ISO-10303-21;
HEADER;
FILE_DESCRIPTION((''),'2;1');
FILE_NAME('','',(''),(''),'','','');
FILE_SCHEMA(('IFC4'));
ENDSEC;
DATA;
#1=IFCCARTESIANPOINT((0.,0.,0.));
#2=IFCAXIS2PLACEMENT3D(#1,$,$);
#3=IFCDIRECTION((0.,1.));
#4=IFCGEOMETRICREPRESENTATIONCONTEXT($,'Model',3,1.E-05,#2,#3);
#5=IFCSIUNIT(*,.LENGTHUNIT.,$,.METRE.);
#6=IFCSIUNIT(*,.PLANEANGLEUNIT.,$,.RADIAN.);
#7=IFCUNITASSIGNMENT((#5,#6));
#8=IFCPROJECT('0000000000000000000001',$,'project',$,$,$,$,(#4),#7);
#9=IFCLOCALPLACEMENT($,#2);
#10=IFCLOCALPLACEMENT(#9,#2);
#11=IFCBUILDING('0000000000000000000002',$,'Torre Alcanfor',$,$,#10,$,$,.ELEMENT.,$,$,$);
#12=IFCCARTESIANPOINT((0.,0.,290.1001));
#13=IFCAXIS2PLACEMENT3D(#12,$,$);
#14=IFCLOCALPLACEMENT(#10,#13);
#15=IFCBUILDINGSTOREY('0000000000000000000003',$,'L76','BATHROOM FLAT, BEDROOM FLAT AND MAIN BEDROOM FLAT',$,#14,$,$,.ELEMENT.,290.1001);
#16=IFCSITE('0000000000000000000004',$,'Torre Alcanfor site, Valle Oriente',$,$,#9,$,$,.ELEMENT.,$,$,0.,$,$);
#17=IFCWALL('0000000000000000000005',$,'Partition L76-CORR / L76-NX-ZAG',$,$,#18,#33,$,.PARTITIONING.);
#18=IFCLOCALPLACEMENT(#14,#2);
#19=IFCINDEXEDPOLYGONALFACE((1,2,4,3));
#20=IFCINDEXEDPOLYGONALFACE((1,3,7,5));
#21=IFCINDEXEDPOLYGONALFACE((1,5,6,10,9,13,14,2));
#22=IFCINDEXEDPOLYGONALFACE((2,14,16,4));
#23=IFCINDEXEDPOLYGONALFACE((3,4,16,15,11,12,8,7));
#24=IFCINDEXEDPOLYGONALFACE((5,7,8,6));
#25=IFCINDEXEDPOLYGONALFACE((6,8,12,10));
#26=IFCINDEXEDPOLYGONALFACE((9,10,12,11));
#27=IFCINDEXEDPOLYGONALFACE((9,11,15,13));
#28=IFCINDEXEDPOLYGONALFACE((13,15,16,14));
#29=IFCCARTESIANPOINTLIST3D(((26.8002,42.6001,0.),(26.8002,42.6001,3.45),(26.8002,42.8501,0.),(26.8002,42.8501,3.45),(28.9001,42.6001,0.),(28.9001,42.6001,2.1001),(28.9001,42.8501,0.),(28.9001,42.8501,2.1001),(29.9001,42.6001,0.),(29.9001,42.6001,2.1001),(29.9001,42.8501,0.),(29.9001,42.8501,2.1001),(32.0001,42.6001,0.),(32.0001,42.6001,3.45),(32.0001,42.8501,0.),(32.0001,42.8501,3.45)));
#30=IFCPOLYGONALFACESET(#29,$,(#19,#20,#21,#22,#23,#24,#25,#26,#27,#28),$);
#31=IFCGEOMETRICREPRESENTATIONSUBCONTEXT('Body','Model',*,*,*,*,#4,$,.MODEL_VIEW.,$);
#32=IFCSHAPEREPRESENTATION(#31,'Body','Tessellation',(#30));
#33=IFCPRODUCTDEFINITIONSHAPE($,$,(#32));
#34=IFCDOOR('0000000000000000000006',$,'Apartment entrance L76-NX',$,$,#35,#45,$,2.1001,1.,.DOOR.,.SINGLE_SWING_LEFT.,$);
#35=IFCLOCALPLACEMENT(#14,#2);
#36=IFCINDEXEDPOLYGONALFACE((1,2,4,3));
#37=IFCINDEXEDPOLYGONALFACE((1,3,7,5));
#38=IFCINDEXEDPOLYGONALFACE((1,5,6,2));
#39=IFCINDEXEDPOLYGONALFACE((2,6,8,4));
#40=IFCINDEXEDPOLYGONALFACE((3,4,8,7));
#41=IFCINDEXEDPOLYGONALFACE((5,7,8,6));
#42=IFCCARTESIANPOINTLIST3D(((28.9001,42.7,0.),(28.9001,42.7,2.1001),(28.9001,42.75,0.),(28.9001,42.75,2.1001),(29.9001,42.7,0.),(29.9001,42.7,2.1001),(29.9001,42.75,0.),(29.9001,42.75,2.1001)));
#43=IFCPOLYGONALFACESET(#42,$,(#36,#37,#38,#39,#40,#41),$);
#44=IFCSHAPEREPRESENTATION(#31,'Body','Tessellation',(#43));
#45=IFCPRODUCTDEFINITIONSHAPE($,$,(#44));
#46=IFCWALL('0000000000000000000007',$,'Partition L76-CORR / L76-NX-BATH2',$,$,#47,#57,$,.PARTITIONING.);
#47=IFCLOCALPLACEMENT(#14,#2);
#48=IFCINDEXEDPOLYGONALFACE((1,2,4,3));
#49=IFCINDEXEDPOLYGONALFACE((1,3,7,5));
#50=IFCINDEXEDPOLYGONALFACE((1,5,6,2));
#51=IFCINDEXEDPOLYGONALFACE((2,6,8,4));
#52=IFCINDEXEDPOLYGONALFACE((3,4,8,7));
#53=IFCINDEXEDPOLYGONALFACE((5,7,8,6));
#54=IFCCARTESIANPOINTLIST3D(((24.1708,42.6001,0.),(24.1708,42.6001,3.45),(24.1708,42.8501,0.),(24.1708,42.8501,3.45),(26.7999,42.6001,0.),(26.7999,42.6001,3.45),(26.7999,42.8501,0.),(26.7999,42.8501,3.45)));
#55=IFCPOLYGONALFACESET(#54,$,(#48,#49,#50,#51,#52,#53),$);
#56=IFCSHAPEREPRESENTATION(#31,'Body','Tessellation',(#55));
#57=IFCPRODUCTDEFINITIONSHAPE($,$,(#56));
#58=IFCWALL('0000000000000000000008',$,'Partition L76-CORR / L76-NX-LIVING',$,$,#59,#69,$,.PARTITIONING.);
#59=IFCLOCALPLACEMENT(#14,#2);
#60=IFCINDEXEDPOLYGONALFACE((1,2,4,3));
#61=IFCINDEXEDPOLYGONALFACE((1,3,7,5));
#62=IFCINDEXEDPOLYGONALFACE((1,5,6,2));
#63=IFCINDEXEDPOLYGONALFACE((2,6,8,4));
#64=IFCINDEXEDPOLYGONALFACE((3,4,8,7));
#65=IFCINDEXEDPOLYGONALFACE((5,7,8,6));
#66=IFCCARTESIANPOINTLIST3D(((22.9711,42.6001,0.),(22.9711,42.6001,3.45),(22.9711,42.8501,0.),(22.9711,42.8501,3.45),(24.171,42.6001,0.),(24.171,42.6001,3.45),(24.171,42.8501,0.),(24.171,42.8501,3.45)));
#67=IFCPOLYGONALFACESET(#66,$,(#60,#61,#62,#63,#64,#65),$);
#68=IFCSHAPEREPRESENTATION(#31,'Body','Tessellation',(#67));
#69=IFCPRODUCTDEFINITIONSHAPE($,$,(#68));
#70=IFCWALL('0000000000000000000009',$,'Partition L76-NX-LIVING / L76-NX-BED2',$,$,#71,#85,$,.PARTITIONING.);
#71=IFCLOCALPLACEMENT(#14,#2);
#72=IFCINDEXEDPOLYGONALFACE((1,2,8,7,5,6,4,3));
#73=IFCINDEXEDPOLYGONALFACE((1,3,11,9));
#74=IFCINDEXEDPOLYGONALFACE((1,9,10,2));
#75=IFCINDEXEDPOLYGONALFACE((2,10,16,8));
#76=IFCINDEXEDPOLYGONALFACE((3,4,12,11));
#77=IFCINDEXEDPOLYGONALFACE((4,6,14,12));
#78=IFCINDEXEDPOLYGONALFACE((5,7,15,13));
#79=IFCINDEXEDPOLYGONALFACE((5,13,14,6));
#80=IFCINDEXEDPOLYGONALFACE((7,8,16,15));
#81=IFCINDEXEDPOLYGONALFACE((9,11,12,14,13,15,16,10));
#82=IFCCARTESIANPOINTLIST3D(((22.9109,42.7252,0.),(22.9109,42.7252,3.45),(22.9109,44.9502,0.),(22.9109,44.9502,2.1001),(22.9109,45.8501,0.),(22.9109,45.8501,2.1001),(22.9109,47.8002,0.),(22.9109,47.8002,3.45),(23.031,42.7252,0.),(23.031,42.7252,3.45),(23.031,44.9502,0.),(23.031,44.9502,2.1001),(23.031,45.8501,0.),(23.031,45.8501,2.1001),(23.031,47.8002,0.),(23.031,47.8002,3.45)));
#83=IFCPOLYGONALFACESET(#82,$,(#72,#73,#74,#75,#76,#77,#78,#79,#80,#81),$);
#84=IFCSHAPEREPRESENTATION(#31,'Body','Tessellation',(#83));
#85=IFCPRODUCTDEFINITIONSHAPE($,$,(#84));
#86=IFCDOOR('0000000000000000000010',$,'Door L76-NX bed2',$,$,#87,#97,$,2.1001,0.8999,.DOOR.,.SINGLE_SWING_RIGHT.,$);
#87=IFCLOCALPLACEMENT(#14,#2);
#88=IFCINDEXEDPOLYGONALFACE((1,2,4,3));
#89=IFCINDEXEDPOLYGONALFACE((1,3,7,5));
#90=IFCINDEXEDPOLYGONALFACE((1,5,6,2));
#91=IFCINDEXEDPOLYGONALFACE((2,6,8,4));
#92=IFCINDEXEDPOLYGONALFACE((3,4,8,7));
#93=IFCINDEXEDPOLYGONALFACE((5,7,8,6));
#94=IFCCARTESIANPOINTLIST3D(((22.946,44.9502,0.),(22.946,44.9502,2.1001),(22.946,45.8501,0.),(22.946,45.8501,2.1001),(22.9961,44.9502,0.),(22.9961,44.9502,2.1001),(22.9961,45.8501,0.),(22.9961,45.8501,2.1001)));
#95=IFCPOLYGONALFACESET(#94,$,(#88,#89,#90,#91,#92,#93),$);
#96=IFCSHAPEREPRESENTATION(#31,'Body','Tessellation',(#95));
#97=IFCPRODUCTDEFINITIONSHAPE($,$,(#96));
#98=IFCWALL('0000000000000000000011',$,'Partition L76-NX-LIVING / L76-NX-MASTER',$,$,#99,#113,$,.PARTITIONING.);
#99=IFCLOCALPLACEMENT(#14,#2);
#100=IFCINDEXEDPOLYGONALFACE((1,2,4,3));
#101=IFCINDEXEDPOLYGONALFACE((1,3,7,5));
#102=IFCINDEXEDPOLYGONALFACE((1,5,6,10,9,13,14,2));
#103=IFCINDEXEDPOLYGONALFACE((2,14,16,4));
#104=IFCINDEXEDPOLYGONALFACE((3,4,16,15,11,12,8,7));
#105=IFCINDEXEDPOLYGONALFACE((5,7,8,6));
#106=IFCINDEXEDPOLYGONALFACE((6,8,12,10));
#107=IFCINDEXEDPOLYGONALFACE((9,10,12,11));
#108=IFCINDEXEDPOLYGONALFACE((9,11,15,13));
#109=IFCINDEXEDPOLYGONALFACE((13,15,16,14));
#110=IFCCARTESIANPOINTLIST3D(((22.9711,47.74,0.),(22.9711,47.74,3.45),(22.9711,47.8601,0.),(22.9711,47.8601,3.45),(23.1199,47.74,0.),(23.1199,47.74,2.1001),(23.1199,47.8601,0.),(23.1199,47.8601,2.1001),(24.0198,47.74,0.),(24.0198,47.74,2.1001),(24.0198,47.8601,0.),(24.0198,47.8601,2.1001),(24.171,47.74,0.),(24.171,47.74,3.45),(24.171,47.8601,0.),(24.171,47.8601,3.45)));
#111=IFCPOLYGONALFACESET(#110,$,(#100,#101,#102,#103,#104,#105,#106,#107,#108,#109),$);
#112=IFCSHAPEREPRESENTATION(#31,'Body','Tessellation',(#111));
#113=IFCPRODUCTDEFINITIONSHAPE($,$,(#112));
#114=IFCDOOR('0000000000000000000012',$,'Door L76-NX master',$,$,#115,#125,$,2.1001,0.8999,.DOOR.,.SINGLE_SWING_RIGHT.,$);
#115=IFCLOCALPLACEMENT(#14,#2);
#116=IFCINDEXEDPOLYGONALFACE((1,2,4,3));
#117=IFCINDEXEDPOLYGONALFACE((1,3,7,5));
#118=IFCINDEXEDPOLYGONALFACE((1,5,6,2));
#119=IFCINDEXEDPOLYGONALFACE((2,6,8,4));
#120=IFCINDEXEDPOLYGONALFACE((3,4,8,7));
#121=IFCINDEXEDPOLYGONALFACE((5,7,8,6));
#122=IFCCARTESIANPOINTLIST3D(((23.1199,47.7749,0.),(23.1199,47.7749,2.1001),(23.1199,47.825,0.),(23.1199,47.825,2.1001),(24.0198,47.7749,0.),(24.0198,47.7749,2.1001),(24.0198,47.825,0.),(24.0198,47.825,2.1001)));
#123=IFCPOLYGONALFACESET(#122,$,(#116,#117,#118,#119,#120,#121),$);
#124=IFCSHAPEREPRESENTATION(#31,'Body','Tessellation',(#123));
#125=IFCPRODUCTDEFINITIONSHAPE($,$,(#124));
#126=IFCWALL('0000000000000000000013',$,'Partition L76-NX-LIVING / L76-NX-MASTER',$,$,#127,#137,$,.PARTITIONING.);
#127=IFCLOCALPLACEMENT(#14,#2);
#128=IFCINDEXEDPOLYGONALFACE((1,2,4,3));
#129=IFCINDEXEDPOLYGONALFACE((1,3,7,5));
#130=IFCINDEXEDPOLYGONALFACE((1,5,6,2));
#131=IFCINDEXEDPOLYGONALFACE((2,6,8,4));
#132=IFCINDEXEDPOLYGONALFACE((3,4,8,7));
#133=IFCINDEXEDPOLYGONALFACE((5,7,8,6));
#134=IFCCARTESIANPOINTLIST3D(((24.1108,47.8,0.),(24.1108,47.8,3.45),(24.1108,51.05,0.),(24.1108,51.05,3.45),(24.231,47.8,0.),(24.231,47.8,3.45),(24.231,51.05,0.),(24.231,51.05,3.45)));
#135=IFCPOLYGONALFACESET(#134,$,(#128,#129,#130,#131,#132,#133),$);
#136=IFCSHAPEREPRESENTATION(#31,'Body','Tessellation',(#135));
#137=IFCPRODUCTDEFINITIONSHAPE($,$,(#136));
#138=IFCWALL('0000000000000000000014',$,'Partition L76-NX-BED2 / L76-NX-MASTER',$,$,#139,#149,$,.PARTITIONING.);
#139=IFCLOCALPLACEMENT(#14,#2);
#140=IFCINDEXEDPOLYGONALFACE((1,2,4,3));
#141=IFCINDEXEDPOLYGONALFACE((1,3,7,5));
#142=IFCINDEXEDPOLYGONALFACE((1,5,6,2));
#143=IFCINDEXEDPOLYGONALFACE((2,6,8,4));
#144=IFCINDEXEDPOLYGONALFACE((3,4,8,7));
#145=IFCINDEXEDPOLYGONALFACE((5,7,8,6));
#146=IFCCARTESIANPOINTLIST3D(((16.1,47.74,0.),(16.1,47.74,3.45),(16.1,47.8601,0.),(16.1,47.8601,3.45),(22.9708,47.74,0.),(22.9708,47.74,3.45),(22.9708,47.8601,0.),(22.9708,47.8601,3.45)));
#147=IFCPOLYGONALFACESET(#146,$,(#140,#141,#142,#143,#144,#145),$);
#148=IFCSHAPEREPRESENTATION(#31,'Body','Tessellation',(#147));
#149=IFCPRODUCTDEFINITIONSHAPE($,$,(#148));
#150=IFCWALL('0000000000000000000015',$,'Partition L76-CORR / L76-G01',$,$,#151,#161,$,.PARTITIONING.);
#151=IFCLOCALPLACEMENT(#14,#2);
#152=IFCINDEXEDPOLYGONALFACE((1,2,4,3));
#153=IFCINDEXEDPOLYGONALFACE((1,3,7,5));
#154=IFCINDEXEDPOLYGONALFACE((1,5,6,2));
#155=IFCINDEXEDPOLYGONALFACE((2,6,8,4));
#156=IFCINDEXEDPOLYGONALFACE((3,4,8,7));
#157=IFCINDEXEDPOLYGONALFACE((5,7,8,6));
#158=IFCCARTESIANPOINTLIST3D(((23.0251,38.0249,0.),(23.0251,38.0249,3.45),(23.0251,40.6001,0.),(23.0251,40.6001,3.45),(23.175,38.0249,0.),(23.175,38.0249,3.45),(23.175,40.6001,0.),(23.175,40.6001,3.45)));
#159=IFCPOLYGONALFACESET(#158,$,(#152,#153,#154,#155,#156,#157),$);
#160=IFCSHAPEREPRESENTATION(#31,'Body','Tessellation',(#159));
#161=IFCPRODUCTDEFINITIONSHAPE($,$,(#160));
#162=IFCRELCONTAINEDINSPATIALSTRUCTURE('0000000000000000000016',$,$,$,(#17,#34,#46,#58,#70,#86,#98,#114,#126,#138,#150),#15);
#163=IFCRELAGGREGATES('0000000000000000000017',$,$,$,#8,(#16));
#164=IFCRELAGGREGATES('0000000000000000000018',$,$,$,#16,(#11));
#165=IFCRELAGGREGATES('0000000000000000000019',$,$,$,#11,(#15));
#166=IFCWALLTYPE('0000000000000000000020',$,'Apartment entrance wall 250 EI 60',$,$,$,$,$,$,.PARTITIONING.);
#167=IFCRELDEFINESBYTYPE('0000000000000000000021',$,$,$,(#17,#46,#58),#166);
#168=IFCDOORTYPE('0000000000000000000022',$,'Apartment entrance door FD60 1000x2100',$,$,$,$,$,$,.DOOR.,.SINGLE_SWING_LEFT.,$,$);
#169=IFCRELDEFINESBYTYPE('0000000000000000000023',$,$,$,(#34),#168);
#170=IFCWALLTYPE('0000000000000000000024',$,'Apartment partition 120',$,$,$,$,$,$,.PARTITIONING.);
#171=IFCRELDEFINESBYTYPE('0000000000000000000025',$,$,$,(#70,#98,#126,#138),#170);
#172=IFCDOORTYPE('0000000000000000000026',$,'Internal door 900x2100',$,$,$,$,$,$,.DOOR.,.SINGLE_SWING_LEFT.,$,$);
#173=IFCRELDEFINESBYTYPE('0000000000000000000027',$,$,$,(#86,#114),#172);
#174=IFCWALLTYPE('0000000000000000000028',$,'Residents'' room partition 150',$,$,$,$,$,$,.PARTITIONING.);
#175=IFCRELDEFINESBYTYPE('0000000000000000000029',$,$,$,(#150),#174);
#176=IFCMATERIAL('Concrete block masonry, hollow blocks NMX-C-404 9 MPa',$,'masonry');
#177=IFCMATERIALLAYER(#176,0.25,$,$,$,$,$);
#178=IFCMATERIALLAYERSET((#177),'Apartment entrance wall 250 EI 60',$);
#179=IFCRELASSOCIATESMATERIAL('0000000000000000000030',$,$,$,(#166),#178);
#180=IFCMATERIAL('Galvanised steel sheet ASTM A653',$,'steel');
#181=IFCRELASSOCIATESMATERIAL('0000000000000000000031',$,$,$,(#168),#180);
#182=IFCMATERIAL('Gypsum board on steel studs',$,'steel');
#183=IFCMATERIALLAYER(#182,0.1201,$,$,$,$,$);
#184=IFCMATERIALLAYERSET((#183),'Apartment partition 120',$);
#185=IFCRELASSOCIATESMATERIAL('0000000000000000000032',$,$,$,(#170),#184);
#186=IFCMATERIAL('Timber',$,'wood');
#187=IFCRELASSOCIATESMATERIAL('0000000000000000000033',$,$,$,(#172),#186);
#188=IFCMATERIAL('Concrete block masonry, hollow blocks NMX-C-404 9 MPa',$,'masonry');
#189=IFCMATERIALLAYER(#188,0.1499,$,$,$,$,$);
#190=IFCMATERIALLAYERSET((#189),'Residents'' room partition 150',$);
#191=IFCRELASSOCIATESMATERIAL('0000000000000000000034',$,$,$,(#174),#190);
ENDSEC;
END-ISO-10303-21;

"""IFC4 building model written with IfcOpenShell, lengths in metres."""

from ifc_helpers import new_model, si_unit, direction, frame, frame_2d, origin, place, context, subcontext, project, spatial, rectangle, extrude, material, layer, layer_set, type_object, element, fill, save


model = new_model("IFC4")

# Units and contexts
model_context = context("Model", 3, precision=1e-05, world=origin(), true_north=direction((0.0, 1.0)))
body_context = subcontext(model_context, "Body", "Model", "MODEL_VIEW")
ifc_project = project(units=[si_unit("LENGTHUNIT", "METRE"), si_unit("PLANEANGLEUNIT", "RADIAN")], contexts=[model_context])

# Site, building, storey
site_placement = place(None, origin())
site = spatial("IfcSite", under=ifc_project, at=site_placement, Name="Torre Alcanfor site, Valle Oriente", CompositionType="ELEMENT", RefElevation=0.0)
building_placement = place(site_placement, origin())
building = spatial("IfcBuilding", under=site, at=building_placement, Name="Torre Alcanfor", CompositionType="ELEMENT")
storey_placement = place(building_placement, frame((0.0, 0.0, 290.1001)))
storey = spatial("IfcBuildingStorey", under=building, at=storey_placement, Name="L76", Description="BATHROOM FLAT, BEDROOM FLAT AND MAIN BEDROOM FLAT", CompositionType="ELEMENT", Elevation=290.1001)

# Wall, opening, door
ifc_material_1 = material(Name="Concrete block masonry, hollow blocks NMX-C-404 9 MPa", Category="masonry")
ifc_layer_1 = layer(ifc_material_1, 0.25)
ifc_layer_set_1 = layer_set([ifc_layer_1], Name="Apartment entrance wall 250 EI 60")
wall_type_1 = type_object("IfcWallType", Name="Apartment entrance wall 250 EI 60", PredefinedType="PARTITIONING", material=ifc_layer_set_1)
wall_1_placement = place(storey_placement, frame((26.8, 42.7251, 0.0), z_axis=(0.0, 0.0, 1.0), x_axis=(1.0, 0.0, 0.0)))
wall_1 = element("IfcWall", 1, at=wall_1_placement, inside=storey, type_object=wall_type_1, Name="Partition L76-CORR / L76-NX-ZAG", PredefinedType="PARTITIONING", context=body_context, shape_type="SweptSolid", body=[
    extrude(rectangle(XDim=5.2, YDim=0.25, at=frame_2d((2.6001, 0.0))), origin(), (0.0, 0.0, 1.0), 3.45),
])
opening_1_placement = place(wall_1_placement, frame((2.1001, 0.0, 0.0)))
opening_1 = element("IfcOpeningElement", 2, at=opening_1_placement, cuts=wall_1, PredefinedType="OPENING", context=body_context, shape_type="SweptSolid", body=[
    extrude(rectangle(XDim=1.0, YDim=2.1001, at=frame_2d((0.5, 1.05))), frame((0.0, 0.135, 0.0), z_axis=(0.0, -1.0, 0.0), x_axis=(1.0, 0.0, 0.0)), (0.0, 0.0, 1.0), 0.27),
])
ifc_material_2 = material(Name="Galvanised steel sheet ASTM A653", Category="steel")
door_type_1 = type_object("IfcDoorType", Name="Apartment entrance door FD60 1000x2100", OperationType="SINGLE_SWING_LEFT", PredefinedType="DOOR", material=ifc_material_2)
door_1_placement = place(opening_1_placement, origin())
door_1 = element("IfcDoor", 3, at=door_1_placement, inside=storey, type_object=door_type_1, Name="Apartment entrance L76-NX", OperationType="SINGLE_SWING_LEFT", OverallHeight=2.1001, OverallWidth=1.0, PredefinedType="DOOR", context=body_context, shape_type="SweptSolid", body=[
    extrude(rectangle(XDim=1.0, YDim=2.1001, at=frame_2d((0.5, 1.05))), frame((0.0, 0.0249, 0.0), z_axis=(0.0, -1.0, 0.0), x_axis=(1.0, 0.0, 0.0)), (0.0, 0.0, 1.0), 0.05),
])
fill(opening_1, door_1)

# Walls
wall_2_placement = place(storey_placement, frame((24.1709, 42.7251, 0.0), z_axis=(0.0, 0.0, 1.0), x_axis=(1.0, 0.0, 0.0)))
element("IfcWall", 4, at=wall_2_placement, inside=storey, type_object=wall_type_1, Name="Partition L76-CORR / L76-NX-BATH2", PredefinedType="PARTITIONING", context=body_context, shape_type="SweptSolid", body=[
    extrude(rectangle(XDim=2.6292, YDim=0.25, at=frame_2d((1.3145, 0.0))), origin(), (0.0, 0.0, 1.0), 3.45),
])
wall_3_placement = place(storey_placement, frame((22.9709, 42.7251, 0.0), z_axis=(0.0, 0.0, 1.0), x_axis=(1.0, 0.0, 0.0)))
element("IfcWall", 5, at=wall_3_placement, inside=storey, type_object=wall_type_1, Name="Partition L76-CORR / L76-NX-LIVING", PredefinedType="PARTITIONING", context=body_context, shape_type="SweptSolid", body=[
    extrude(rectangle(XDim=1.2, YDim=0.25, at=frame_2d((0.6001, 0.0))), origin(), (0.0, 0.0, 1.0), 3.45),
])

# Walls, openings, doors
ifc_material_3 = material(Name="Gypsum board on steel studs", Category="steel")
ifc_layer_2 = layer(ifc_material_3, 0.1201)
ifc_layer_set_2 = layer_set([ifc_layer_2], Name="Apartment partition 120")
wall_type_2 = type_object("IfcWallType", Name="Apartment partition 120", PredefinedType="PARTITIONING", material=ifc_layer_set_2)
wall_4_placement = place(storey_placement, frame((22.9709, 42.7251, 0.0), z_axis=(0.0, 0.0, 1.0), x_axis=(0.0, 1.0, 0.0)))
wall_4 = element("IfcWall", 6, at=wall_4_placement, inside=storey, type_object=wall_type_2, Name="Partition L76-NX-LIVING / L76-NX-BED2", PredefinedType="PARTITIONING", context=body_context, shape_type="SweptSolid", body=[
    extrude(rectangle(XDim=5.075, YDim=0.1201, at=frame_2d((2.5376, 0.0))), origin(), (0.0, 0.0, 1.0), 3.45),
])
opening_2_placement = place(wall_4_placement, frame((2.2251, 0.0, 0.0)))
opening_2 = element("IfcOpeningElement", 7, at=opening_2_placement, cuts=wall_4, PredefinedType="OPENING", context=body_context, shape_type="SweptSolid", body=[
    extrude(rectangle(XDim=0.8999, YDim=2.1001, at=frame_2d((0.45, 1.05))), frame((0.0, 0.0701, 0.0), z_axis=(0.0, -1.0, 0.0), x_axis=(1.0, 0.0, 0.0)), (0.0, 0.0, 1.0), 0.1401),
])
ifc_material_4 = material(Name="Timber", Category="wood")
door_type_2 = type_object("IfcDoorType", Name="Internal door 900x2100", OperationType="SINGLE_SWING_LEFT", PredefinedType="DOOR", material=ifc_material_4)
door_2_placement = place(opening_2_placement, origin())
door_2 = element("IfcDoor", 8, at=door_2_placement, inside=storey, type_object=door_type_2, Name="Door L76-NX bed2", OperationType="SINGLE_SWING_RIGHT", OverallHeight=2.1001, OverallWidth=0.8999, PredefinedType="DOOR", context=body_context, shape_type="SweptSolid", body=[
    extrude(rectangle(XDim=0.8999, YDim=2.1001, at=frame_2d((0.45, 1.05))), frame((0.0, 0.0249, 0.0), z_axis=(0.0, -1.0, 0.0), x_axis=(1.0, 0.0, 0.0)), (0.0, 0.0, 1.0), 0.05),
])
fill(opening_2, door_2)
wall_5_placement = place(storey_placement, frame((22.9709, 47.8, 0.0), z_axis=(0.0, 0.0, 1.0), x_axis=(1.0, 0.0, 0.0)))
wall_5 = element("IfcWall", 9, at=wall_5_placement, inside=storey, type_object=wall_type_2, Name="Partition L76-NX-LIVING / L76-NX-MASTER", PredefinedType="PARTITIONING", context=body_context, shape_type="SweptSolid", body=[
    extrude(rectangle(XDim=1.2, YDim=0.1201, at=frame_2d((0.6001, 0.0))), origin(), (0.0, 0.0, 1.0), 3.45),
])
opening_3_placement = place(wall_5_placement, frame((0.1489, 0.0, 0.0)))
opening_3 = element("IfcOpeningElement", 10, at=opening_3_placement, cuts=wall_5, PredefinedType="OPENING", context=body_context, shape_type="SweptSolid", body=[
    extrude(rectangle(XDim=0.8999, YDim=2.1001, at=frame_2d((0.45, 1.05))), frame((0.0, 0.0701, 0.0), z_axis=(0.0, -1.0, 0.0), x_axis=(1.0, 0.0, 0.0)), (0.0, 0.0, 1.0), 0.1401),
])
door_3_placement = place(opening_3_placement, origin())
door_3 = element("IfcDoor", 11, at=door_3_placement, inside=storey, type_object=door_type_2, Name="Door L76-NX master", OperationType="SINGLE_SWING_RIGHT", OverallHeight=2.1001, OverallWidth=0.8999, PredefinedType="DOOR", context=body_context, shape_type="SweptSolid", body=[
    extrude(rectangle(XDim=0.8999, YDim=2.1001, at=frame_2d((0.45, 1.05))), frame((0.0, 0.0249, 0.0), z_axis=(0.0, -1.0, 0.0), x_axis=(1.0, 0.0, 0.0)), (0.0, 0.0, 1.0), 0.05),
])
fill(opening_3, door_3)

# Walls
wall_6_placement = place(storey_placement, frame((24.1709, 47.8, 0.0), z_axis=(0.0, 0.0, 1.0), x_axis=(0.0, 1.0, 0.0)))
element("IfcWall", 12, at=wall_6_placement, inside=storey, type_object=wall_type_2, Name="Partition L76-NX-LIVING / L76-NX-MASTER", PredefinedType="PARTITIONING", context=body_context, shape_type="SweptSolid", body=[
    extrude(rectangle(XDim=3.25, YDim=0.1201, at=frame_2d((1.625, 0.0))), origin(), (0.0, 0.0, 1.0), 3.45),
])
wall_7_placement = place(storey_placement, frame((22.9709, 47.8, 0.0), z_axis=(0.0, 0.0, 1.0), x_axis=(-1.0, 0.0, 0.0)))
element("IfcWall", 13, at=wall_7_placement, inside=storey, type_object=wall_type_2, Name="Partition L76-NX-BED2 / L76-NX-MASTER", PredefinedType="PARTITIONING", context=body_context, shape_type="SweptSolid", body=[
    extrude(rectangle(XDim=6.8708, YDim=0.1201, at=frame_2d((3.4355, 0.0))), origin(), (0.0, 0.0, 1.0), 3.45),
])
ifc_material_5 = material(Name="Concrete block masonry, hollow blocks NMX-C-404 9 MPa", Category="masonry")
ifc_layer_3 = layer(ifc_material_5, 0.1499)
ifc_layer_set_3 = layer_set([ifc_layer_3], Name="Residents' room partition 150")
wall_type_3 = type_object("IfcWallType", Name="Residents' room partition 150", PredefinedType="PARTITIONING", material=ifc_layer_set_3)
wall_8_placement = place(storey_placement, frame((23.1001, 38.0249, 0.0), z_axis=(0.0, 0.0, 1.0), x_axis=(0.0, 1.0, 0.0)))
element("IfcWall", 14, at=wall_8_placement, inside=storey, type_object=wall_type_3, Name="Partition L76-CORR / L76-G01", PredefinedType="PARTITIONING", context=body_context, shape_type="SweptSolid", body=[
    extrude(rectangle(XDim=2.5752, YDim=0.1499, at=frame_2d((1.2876, 0.0))), origin(), (0.0, 0.0, 1.0), 3.45),
])

save(model, "model.ifc")
